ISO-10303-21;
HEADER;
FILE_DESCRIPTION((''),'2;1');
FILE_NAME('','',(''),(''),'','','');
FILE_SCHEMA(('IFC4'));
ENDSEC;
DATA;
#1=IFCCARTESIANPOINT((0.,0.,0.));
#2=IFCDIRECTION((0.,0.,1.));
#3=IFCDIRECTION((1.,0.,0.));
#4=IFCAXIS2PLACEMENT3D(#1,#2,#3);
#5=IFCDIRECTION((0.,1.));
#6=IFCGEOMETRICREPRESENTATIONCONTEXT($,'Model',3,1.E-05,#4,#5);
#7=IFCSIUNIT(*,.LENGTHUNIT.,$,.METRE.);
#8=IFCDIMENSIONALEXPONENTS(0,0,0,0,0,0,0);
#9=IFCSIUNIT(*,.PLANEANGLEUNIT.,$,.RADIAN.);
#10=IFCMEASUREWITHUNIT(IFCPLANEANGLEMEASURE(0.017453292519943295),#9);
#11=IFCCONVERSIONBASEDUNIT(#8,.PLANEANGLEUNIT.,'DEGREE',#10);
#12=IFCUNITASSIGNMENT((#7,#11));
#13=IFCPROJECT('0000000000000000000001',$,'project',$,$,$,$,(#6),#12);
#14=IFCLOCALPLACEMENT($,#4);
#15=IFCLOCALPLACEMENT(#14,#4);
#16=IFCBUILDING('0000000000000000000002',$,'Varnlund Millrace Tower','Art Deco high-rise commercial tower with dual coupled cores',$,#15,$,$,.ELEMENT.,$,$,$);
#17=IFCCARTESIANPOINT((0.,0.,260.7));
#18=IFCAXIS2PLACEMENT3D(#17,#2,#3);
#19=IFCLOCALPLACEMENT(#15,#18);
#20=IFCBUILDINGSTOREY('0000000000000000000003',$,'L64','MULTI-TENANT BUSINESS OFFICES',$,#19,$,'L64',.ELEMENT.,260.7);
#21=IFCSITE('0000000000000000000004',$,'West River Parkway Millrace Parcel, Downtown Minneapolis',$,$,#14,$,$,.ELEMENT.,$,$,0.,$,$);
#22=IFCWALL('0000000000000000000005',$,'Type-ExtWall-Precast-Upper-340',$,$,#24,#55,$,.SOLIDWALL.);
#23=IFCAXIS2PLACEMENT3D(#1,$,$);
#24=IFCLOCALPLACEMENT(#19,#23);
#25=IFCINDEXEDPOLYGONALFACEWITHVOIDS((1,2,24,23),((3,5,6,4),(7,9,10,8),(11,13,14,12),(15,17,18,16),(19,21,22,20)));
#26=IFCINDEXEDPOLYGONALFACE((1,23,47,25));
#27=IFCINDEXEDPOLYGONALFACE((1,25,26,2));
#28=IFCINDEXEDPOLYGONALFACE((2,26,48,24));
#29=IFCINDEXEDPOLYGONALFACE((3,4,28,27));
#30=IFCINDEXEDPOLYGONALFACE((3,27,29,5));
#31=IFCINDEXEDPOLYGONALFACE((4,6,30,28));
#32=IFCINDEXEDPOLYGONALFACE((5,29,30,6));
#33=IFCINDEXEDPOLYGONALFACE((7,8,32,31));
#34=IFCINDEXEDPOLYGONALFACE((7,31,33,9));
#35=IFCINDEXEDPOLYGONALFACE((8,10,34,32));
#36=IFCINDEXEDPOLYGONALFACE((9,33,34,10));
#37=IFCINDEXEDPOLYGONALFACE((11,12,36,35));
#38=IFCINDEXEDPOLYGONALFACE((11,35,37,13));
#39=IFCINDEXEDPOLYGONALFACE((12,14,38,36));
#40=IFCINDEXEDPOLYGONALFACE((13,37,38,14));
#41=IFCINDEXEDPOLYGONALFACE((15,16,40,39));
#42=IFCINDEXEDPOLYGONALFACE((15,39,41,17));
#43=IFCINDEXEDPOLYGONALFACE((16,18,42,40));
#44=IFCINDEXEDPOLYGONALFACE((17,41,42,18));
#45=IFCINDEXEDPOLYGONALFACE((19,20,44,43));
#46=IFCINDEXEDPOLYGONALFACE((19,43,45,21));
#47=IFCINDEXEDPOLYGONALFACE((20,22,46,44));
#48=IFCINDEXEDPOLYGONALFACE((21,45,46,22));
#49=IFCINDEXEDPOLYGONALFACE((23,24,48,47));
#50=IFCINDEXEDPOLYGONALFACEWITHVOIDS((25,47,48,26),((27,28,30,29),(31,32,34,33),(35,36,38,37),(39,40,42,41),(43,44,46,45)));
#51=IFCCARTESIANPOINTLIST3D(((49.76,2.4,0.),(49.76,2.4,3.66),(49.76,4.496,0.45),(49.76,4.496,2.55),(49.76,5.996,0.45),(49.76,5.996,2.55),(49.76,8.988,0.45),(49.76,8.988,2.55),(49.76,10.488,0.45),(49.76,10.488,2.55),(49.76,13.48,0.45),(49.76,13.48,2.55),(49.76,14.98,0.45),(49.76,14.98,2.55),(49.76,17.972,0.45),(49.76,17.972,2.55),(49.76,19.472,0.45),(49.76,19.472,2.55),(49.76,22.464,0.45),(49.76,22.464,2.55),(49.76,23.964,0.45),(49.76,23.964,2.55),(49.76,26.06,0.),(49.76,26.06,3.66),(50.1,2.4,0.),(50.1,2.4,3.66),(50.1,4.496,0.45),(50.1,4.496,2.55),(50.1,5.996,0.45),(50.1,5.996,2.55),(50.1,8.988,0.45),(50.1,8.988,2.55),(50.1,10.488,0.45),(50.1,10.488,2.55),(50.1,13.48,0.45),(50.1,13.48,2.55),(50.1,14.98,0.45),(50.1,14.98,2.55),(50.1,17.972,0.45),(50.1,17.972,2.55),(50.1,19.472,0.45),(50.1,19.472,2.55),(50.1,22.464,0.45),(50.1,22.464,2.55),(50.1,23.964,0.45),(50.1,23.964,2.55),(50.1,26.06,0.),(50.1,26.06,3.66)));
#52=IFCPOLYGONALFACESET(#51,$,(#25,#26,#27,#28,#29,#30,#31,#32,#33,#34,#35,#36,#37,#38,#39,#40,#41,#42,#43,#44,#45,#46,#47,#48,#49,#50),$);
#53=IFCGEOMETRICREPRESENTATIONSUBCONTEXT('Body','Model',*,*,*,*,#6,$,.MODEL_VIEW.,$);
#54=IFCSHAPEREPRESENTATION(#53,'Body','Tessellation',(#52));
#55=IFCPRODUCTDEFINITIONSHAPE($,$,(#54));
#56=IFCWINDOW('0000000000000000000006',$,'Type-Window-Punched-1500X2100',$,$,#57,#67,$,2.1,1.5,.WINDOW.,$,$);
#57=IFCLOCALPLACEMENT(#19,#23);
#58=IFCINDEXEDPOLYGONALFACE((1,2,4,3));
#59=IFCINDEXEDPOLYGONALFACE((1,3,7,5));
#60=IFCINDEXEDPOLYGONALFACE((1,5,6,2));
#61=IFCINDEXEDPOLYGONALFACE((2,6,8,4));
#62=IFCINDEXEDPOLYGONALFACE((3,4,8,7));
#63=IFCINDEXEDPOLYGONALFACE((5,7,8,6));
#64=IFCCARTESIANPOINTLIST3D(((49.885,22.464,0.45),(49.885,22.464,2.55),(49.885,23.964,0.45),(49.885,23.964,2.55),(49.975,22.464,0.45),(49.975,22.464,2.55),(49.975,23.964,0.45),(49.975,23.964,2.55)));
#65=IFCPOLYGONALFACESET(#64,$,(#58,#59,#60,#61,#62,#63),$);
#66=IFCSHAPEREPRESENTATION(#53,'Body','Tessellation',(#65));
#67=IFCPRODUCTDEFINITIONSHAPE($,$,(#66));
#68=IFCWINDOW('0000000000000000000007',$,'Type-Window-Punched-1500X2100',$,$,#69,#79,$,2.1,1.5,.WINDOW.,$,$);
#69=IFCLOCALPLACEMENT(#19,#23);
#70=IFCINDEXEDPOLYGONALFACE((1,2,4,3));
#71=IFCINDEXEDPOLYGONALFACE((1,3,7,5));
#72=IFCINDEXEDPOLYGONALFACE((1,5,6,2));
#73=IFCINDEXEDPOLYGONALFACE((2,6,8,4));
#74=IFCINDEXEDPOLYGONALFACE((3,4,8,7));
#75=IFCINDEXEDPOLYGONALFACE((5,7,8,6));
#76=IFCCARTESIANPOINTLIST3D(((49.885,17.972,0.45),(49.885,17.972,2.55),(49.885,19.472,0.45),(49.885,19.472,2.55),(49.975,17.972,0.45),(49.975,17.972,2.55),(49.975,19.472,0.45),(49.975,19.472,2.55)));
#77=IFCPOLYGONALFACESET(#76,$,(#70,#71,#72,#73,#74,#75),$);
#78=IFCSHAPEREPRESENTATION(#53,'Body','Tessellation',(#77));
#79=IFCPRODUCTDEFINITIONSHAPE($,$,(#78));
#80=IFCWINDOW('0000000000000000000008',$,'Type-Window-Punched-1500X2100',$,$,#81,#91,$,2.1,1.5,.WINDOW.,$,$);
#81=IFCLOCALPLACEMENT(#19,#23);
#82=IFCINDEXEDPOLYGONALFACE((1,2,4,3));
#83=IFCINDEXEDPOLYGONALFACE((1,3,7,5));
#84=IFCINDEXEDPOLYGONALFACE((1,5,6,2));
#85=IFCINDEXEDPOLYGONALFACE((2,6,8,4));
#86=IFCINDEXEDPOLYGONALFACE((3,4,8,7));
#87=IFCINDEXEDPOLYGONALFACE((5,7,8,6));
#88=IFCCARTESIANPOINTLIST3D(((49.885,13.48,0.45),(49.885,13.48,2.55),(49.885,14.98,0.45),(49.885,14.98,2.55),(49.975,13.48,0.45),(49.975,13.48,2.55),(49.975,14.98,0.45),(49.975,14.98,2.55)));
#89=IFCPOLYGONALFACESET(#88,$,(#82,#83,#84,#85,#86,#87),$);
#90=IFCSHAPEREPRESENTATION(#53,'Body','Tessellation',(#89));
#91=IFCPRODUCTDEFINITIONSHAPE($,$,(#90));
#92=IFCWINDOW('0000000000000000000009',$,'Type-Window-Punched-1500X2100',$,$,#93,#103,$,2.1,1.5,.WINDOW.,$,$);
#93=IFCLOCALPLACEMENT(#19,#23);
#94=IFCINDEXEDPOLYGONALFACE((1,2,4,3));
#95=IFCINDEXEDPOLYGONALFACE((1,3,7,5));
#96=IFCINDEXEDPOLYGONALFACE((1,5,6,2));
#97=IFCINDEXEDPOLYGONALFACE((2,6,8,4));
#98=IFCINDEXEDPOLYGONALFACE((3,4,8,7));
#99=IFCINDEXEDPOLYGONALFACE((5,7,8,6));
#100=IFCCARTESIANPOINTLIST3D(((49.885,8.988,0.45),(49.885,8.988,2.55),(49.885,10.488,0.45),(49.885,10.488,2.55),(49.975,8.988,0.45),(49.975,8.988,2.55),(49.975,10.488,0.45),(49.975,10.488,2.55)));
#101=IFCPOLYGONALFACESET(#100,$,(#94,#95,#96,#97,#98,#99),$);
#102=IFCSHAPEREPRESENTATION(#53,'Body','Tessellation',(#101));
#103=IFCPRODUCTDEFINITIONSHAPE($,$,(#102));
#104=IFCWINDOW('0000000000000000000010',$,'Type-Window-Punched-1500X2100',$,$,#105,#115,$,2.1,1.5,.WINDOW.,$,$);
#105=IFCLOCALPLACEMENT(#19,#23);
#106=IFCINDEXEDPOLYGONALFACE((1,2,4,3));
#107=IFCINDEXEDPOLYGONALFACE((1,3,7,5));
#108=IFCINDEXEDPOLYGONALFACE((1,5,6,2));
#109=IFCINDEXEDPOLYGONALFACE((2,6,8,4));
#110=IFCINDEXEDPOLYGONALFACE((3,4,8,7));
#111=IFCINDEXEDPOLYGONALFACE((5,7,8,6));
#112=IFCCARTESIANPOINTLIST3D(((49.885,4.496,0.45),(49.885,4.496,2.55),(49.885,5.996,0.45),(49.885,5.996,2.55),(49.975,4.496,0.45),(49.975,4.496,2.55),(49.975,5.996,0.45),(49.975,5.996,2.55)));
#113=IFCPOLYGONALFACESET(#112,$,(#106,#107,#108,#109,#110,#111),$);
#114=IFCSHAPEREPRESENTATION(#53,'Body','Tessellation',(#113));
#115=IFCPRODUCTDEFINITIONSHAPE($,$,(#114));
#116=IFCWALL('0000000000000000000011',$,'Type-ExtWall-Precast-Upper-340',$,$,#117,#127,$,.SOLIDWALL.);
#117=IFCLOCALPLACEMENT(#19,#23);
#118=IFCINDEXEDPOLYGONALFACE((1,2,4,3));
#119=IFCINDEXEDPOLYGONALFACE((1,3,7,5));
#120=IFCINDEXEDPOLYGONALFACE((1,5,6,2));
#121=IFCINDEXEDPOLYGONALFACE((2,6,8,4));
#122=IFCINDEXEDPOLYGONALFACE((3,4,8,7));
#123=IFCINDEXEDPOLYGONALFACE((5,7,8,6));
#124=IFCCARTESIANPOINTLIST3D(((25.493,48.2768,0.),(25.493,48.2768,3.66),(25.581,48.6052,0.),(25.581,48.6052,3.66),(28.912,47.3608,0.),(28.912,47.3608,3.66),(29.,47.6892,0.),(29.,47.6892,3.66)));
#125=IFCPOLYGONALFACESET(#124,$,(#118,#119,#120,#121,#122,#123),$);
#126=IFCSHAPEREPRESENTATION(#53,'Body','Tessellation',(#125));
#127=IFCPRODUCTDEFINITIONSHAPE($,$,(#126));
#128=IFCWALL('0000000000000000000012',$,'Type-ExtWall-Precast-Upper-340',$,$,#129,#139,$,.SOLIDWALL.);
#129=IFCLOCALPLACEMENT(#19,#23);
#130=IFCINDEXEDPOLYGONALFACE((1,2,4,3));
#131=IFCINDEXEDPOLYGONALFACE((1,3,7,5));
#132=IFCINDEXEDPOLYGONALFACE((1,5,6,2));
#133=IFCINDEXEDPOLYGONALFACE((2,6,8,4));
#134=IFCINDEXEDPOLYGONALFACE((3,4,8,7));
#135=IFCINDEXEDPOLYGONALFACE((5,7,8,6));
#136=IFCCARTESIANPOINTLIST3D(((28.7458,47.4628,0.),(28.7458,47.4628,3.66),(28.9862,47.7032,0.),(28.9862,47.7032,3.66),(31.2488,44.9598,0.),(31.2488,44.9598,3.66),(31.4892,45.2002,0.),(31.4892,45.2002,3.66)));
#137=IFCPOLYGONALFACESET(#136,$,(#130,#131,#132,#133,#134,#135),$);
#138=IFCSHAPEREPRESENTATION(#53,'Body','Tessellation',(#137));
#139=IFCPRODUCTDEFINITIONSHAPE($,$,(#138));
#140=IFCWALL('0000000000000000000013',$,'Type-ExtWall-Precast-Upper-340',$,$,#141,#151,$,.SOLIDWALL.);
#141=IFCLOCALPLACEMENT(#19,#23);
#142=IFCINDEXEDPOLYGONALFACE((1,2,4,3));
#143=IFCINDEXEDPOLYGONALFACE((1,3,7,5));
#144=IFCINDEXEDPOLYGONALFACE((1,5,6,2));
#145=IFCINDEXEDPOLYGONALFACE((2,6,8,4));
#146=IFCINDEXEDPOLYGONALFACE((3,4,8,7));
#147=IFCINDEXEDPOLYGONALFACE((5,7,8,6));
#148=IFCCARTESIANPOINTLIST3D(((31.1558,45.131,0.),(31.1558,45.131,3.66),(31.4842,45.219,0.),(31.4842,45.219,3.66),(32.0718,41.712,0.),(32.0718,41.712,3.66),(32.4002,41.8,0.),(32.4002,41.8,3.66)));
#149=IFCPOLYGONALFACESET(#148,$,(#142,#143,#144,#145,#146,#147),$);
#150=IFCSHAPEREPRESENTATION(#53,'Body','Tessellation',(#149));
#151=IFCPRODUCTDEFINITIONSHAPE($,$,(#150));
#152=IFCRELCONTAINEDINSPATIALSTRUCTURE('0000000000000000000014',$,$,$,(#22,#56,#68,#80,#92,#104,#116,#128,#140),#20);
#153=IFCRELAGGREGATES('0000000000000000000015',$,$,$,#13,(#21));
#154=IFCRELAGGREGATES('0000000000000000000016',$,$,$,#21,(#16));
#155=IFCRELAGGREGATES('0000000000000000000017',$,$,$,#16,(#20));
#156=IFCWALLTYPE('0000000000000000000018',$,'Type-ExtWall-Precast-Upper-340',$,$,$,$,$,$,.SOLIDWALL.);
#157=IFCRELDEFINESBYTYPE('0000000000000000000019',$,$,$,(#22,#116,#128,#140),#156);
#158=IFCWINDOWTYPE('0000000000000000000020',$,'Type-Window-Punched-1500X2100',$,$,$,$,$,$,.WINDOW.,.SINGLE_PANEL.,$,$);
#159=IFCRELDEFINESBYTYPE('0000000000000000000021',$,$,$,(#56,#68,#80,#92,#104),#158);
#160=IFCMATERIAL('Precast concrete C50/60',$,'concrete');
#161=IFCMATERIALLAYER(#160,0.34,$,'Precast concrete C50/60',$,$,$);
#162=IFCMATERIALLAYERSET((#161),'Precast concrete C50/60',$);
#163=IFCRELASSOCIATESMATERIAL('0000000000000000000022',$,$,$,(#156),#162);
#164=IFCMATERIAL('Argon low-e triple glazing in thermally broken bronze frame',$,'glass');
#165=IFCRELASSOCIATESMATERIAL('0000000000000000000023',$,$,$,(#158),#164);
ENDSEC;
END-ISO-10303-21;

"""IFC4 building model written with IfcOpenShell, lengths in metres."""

from ifc_helpers import new_model, entity, si_unit, converted_unit, direction, frame, origin_with_axes, origin_2d_with_axis, place, context, subcontext, project, spatial, polyline, rectangle, outline, extrude, material, layer, layer_set, type_object, element, fill, save


model = new_model("IFC4")

# Units and contexts
model_context = context("Model", 3, precision=1e-05, world=origin_with_axes(), true_north=direction((0.0, 1.0)))
body_context = subcontext(model_context, "Body", "Model", "MODEL_VIEW")
ifc_project = project(units=[si_unit("LENGTHUNIT", "METRE"), converted_unit("PLANEANGLEUNIT", "DEGREE", entity("IfcPlaneAngleMeasure", 0.017453292519943295), si_unit("PLANEANGLEUNIT", "RADIAN"), dimensions=[0, 0, 0, 0, 0, 0, 0])], contexts=[model_context])

# Site, building, storey
site_placement = place(None, origin_with_axes())
site = spatial("IfcSite", under=ifc_project, at=site_placement, Name="West River Parkway Millrace Parcel, Downtown Minneapolis", CompositionType="ELEMENT", RefElevation=0.0)
building_placement = place(site_placement, origin_with_axes())
building = spatial("IfcBuilding", under=site, at=building_placement, Name="Varnlund Millrace Tower", Description="Art Deco high-rise commercial tower with dual coupled cores", CompositionType="ELEMENT")
storey_placement = place(building_placement, frame((0.0, 0.0, 260.7), z_axis=(0.0, 0.0, 1.0), x_axis=(1.0, 0.0, 0.0)))
storey = spatial("IfcBuildingStorey", under=building, at=storey_placement, Name="L64", Description="MULTI-TENANT BUSINESS OFFICES", LongName="L64", CompositionType="ELEMENT", Elevation=260.7)

# Shared definitions
ifc_material_1 = material(Name="Precast concrete C50/60", Category="concrete")
ifc_layer_1 = layer(ifc_material_1, 0.34, Name="Precast concrete C50/60")
ifc_layer_set_1 = layer_set([ifc_layer_1], Name="Precast concrete C50/60")
wall_type_1 = type_object("IfcWallType", Name="Type-ExtWall-Precast-Upper-340", PredefinedType="SOLIDWALL", material=ifc_layer_set_1)
ifc_material_2 = material(Name="Argon low-e triple glazing in thermally broken bronze frame", Category="glass")
window_type = type_object("IfcWindowType", Name="Type-Window-Punched-1500X2100", PartitioningType="SINGLE_PANEL", PredefinedType="WINDOW", material=ifc_material_2)

# Wall, openings, windows
wall_1_placement = place(storey_placement, frame((49.93, 26.06, 0.0), z_axis=(0.0, 0.0, 1.0), x_axis=(0.0, -1.0, 0.0)))
wall_1 = element("IfcWall", 1, at=wall_1_placement, inside=storey, type_object=wall_type_1, Name="Type-ExtWall-Precast-Upper-340", PredefinedType="SOLIDWALL", context=body_context, shape_type="SweptSolid", body=[
    extrude(outline(polyline([(0.0, -0.17), (23.66, -0.17), (23.66, 0.17), (0.0, 0.17), (0.0, -0.17)])), origin_with_axes(), (0.0, 0.0, 1.0), 3.66),
])
opening_1_placement = place(wall_1_placement, frame((2.846, 0.0, 0.45), z_axis=(0.0, 0.0, 1.0), x_axis=(1.0, 0.0, 0.0)))
opening_1 = element("IfcOpeningElement", 2, at=opening_1_placement, cuts=wall_1, PredefinedType="OPENING", context=body_context, shape_type="SweptSolid", body=[
    extrude(rectangle(XDim=1.5, YDim=0.36, at=origin_2d_with_axis()), origin_with_axes(), (0.0, 0.0, 1.0), 2.1),
])
opening_2_placement = place(wall_1_placement, frame((7.338, 0.0, 0.45), z_axis=(0.0, 0.0, 1.0), x_axis=(1.0, 0.0, 0.0)))
opening_2 = element("IfcOpeningElement", 3, at=opening_2_placement, cuts=wall_1, PredefinedType="OPENING", context=body_context, shape_type="SweptSolid", body=[
    extrude(rectangle(XDim=1.5, YDim=0.36, at=origin_2d_with_axis()), origin_with_axes(), (0.0, 0.0, 1.0), 2.1),
])
opening_3_placement = place(wall_1_placement, frame((11.83, 0.0, 0.45), z_axis=(0.0, 0.0, 1.0), x_axis=(1.0, 0.0, 0.0)))
opening_3 = element("IfcOpeningElement", 4, at=opening_3_placement, cuts=wall_1, PredefinedType="OPENING", context=body_context, shape_type="SweptSolid", body=[
    extrude(rectangle(XDim=1.5, YDim=0.36, at=origin_2d_with_axis()), origin_with_axes(), (0.0, 0.0, 1.0), 2.1),
])
opening_4_placement = place(wall_1_placement, frame((16.322, 0.0, 0.45), z_axis=(0.0, 0.0, 1.0), x_axis=(1.0, 0.0, 0.0)))
opening_4 = element("IfcOpeningElement", 5, at=opening_4_placement, cuts=wall_1, PredefinedType="OPENING", context=body_context, shape_type="SweptSolid", body=[
    extrude(rectangle(XDim=1.5, YDim=0.36, at=origin_2d_with_axis()), origin_with_axes(), (0.0, 0.0, 1.0), 2.1),
])
opening_5_placement = place(wall_1_placement, frame((20.814, 0.0, 0.45), z_axis=(0.0, 0.0, 1.0), x_axis=(1.0, 0.0, 0.0)))
opening_5 = element("IfcOpeningElement", 6, at=opening_5_placement, cuts=wall_1, PredefinedType="OPENING", context=body_context, shape_type="SweptSolid", body=[
    extrude(rectangle(XDim=1.5, YDim=0.36, at=origin_2d_with_axis()), origin_with_axes(), (0.0, 0.0, 1.0), 2.1),
])
window_1_placement = place(wall_1_placement, frame((2.846, 0.0, 0.45), z_axis=(0.0, 0.0, 1.0), x_axis=(1.0, 0.0, 0.0)))
window_1 = element("IfcWindow", 7, at=window_1_placement, inside=storey, type_object=window_type, Name="Type-Window-Punched-1500X2100", OverallHeight=2.1, OverallWidth=1.5, PredefinedType="WINDOW", context=body_context, shape_type="SweptSolid", body=[
    extrude(rectangle(XDim=1.5, YDim=0.09, at=origin_2d_with_axis()), origin_with_axes(), (0.0, 0.0, 1.0), 2.1),
])
fill(opening_1, window_1)
window_2_placement = place(wall_1_placement, frame((7.338, 0.0, 0.45), z_axis=(0.0, 0.0, 1.0), x_axis=(1.0, 0.0, 0.0)))
window_2 = element("IfcWindow", 8, at=window_2_placement, inside=storey, type_object=window_type, Name="Type-Window-Punched-1500X2100", OverallHeight=2.1, OverallWidth=1.5, PredefinedType="WINDOW", context=body_context, shape_type="SweptSolid", body=[
    extrude(rectangle(XDim=1.5, YDim=0.09, at=origin_2d_with_axis()), origin_with_axes(), (0.0, 0.0, 1.0), 2.1),
])
fill(opening_2, window_2)
window_3_placement = place(wall_1_placement, frame((11.83, 0.0, 0.45), z_axis=(0.0, 0.0, 1.0), x_axis=(1.0, 0.0, 0.0)))
window_3 = element("IfcWindow", 9, at=window_3_placement, inside=storey, type_object=window_type, Name="Type-Window-Punched-1500X2100", OverallHeight=2.1, OverallWidth=1.5, PredefinedType="WINDOW", context=body_context, shape_type="SweptSolid", body=[
    extrude(rectangle(XDim=1.5, YDim=0.09, at=origin_2d_with_axis()), origin_with_axes(), (0.0, 0.0, 1.0), 2.1),
])
fill(opening_3, window_3)
window_4_placement = place(wall_1_placement, frame((16.322, 0.0, 0.45), z_axis=(0.0, 0.0, 1.0), x_axis=(1.0, 0.0, 0.0)))
window_4 = element("IfcWindow", 10, at=window_4_placement, inside=storey, type_object=window_type, Name="Type-Window-Punched-1500X2100", OverallHeight=2.1, OverallWidth=1.5, PredefinedType="WINDOW", context=body_context, shape_type="SweptSolid", body=[
    extrude(rectangle(XDim=1.5, YDim=0.09, at=origin_2d_with_axis()), origin_with_axes(), (0.0, 0.0, 1.0), 2.1),
])
fill(opening_4, window_4)
window_5_placement = place(wall_1_placement, frame((20.814, 0.0, 0.45), z_axis=(0.0, 0.0, 1.0), x_axis=(1.0, 0.0, 0.0)))
window_5 = element("IfcWindow", 11, at=window_5_placement, inside=storey, type_object=window_type, Name="Type-Window-Punched-1500X2100", OverallHeight=2.1, OverallWidth=1.5, PredefinedType="WINDOW", context=body_context, shape_type="SweptSolid", body=[
    extrude(rectangle(XDim=1.5, YDim=0.09, at=origin_2d_with_axis()), origin_with_axes(), (0.0, 0.0, 1.0), 2.1),
])
fill(opening_5, window_5)

# Walls
wall_2_placement = place(storey_placement, frame((25.537, 48.441, 0.0), z_axis=(0.0, 0.0, 1.0), x_axis=(0.965934, -0.258788, 0.0)))
element("IfcWall", 12, at=wall_2_placement, inside=storey, type_object=wall_type_1, Name="Type-ExtWall-Precast-Upper-340", PredefinedType="SOLIDWALL", context=body_context, shape_type="SweptSolid", body=[
    extrude(outline(polyline([(0.0, -0.17), (3.5396, -0.17), (3.5396, 0.17), (0.0, 0.17), (0.0, -0.17)])), origin_with_axes(), (0.0, 0.0, 1.0), 3.66),
])
wall_3_placement = place(storey_placement, frame((28.866, 47.583, 0.0), z_axis=(0.0, 0.0, 1.0), x_axis=(0.707107, -0.707107, 0.0)))
element("IfcWall", 13, at=wall_3_placement, inside=storey, type_object=wall_type_1, Name="Type-ExtWall-Precast-Upper-340", PredefinedType="SOLIDWALL", context=body_context, shape_type="SweptSolid", body=[
    extrude(outline(polyline([(0.0, -0.17), (3.5398, -0.17), (3.5398, 0.17), (0.0, 0.17), (0.0, -0.17)])), origin_with_axes(), (0.0, 0.0, 1.0), 3.66),
])
wall_4_placement = place(storey_placement, frame((31.32, 45.175, 0.0), z_axis=(0.0, 0.0, 1.0), x_axis=(0.258788, -0.965934, 0.0)))
element("IfcWall", 14, at=wall_4_placement, inside=storey, type_object=wall_type_1, Name="Type-ExtWall-Precast-Upper-340", PredefinedType="SOLIDWALL", context=body_context, shape_type="SweptSolid", body=[
    extrude(outline(polyline([(0.0, -0.17), (3.5396, -0.17), (3.5396, 0.17), (0.0, 0.17), (0.0, -0.17)])), origin_with_axes(), (0.0, 0.0, 1.0), 3.66),
])

save(model, "model.ifc")
